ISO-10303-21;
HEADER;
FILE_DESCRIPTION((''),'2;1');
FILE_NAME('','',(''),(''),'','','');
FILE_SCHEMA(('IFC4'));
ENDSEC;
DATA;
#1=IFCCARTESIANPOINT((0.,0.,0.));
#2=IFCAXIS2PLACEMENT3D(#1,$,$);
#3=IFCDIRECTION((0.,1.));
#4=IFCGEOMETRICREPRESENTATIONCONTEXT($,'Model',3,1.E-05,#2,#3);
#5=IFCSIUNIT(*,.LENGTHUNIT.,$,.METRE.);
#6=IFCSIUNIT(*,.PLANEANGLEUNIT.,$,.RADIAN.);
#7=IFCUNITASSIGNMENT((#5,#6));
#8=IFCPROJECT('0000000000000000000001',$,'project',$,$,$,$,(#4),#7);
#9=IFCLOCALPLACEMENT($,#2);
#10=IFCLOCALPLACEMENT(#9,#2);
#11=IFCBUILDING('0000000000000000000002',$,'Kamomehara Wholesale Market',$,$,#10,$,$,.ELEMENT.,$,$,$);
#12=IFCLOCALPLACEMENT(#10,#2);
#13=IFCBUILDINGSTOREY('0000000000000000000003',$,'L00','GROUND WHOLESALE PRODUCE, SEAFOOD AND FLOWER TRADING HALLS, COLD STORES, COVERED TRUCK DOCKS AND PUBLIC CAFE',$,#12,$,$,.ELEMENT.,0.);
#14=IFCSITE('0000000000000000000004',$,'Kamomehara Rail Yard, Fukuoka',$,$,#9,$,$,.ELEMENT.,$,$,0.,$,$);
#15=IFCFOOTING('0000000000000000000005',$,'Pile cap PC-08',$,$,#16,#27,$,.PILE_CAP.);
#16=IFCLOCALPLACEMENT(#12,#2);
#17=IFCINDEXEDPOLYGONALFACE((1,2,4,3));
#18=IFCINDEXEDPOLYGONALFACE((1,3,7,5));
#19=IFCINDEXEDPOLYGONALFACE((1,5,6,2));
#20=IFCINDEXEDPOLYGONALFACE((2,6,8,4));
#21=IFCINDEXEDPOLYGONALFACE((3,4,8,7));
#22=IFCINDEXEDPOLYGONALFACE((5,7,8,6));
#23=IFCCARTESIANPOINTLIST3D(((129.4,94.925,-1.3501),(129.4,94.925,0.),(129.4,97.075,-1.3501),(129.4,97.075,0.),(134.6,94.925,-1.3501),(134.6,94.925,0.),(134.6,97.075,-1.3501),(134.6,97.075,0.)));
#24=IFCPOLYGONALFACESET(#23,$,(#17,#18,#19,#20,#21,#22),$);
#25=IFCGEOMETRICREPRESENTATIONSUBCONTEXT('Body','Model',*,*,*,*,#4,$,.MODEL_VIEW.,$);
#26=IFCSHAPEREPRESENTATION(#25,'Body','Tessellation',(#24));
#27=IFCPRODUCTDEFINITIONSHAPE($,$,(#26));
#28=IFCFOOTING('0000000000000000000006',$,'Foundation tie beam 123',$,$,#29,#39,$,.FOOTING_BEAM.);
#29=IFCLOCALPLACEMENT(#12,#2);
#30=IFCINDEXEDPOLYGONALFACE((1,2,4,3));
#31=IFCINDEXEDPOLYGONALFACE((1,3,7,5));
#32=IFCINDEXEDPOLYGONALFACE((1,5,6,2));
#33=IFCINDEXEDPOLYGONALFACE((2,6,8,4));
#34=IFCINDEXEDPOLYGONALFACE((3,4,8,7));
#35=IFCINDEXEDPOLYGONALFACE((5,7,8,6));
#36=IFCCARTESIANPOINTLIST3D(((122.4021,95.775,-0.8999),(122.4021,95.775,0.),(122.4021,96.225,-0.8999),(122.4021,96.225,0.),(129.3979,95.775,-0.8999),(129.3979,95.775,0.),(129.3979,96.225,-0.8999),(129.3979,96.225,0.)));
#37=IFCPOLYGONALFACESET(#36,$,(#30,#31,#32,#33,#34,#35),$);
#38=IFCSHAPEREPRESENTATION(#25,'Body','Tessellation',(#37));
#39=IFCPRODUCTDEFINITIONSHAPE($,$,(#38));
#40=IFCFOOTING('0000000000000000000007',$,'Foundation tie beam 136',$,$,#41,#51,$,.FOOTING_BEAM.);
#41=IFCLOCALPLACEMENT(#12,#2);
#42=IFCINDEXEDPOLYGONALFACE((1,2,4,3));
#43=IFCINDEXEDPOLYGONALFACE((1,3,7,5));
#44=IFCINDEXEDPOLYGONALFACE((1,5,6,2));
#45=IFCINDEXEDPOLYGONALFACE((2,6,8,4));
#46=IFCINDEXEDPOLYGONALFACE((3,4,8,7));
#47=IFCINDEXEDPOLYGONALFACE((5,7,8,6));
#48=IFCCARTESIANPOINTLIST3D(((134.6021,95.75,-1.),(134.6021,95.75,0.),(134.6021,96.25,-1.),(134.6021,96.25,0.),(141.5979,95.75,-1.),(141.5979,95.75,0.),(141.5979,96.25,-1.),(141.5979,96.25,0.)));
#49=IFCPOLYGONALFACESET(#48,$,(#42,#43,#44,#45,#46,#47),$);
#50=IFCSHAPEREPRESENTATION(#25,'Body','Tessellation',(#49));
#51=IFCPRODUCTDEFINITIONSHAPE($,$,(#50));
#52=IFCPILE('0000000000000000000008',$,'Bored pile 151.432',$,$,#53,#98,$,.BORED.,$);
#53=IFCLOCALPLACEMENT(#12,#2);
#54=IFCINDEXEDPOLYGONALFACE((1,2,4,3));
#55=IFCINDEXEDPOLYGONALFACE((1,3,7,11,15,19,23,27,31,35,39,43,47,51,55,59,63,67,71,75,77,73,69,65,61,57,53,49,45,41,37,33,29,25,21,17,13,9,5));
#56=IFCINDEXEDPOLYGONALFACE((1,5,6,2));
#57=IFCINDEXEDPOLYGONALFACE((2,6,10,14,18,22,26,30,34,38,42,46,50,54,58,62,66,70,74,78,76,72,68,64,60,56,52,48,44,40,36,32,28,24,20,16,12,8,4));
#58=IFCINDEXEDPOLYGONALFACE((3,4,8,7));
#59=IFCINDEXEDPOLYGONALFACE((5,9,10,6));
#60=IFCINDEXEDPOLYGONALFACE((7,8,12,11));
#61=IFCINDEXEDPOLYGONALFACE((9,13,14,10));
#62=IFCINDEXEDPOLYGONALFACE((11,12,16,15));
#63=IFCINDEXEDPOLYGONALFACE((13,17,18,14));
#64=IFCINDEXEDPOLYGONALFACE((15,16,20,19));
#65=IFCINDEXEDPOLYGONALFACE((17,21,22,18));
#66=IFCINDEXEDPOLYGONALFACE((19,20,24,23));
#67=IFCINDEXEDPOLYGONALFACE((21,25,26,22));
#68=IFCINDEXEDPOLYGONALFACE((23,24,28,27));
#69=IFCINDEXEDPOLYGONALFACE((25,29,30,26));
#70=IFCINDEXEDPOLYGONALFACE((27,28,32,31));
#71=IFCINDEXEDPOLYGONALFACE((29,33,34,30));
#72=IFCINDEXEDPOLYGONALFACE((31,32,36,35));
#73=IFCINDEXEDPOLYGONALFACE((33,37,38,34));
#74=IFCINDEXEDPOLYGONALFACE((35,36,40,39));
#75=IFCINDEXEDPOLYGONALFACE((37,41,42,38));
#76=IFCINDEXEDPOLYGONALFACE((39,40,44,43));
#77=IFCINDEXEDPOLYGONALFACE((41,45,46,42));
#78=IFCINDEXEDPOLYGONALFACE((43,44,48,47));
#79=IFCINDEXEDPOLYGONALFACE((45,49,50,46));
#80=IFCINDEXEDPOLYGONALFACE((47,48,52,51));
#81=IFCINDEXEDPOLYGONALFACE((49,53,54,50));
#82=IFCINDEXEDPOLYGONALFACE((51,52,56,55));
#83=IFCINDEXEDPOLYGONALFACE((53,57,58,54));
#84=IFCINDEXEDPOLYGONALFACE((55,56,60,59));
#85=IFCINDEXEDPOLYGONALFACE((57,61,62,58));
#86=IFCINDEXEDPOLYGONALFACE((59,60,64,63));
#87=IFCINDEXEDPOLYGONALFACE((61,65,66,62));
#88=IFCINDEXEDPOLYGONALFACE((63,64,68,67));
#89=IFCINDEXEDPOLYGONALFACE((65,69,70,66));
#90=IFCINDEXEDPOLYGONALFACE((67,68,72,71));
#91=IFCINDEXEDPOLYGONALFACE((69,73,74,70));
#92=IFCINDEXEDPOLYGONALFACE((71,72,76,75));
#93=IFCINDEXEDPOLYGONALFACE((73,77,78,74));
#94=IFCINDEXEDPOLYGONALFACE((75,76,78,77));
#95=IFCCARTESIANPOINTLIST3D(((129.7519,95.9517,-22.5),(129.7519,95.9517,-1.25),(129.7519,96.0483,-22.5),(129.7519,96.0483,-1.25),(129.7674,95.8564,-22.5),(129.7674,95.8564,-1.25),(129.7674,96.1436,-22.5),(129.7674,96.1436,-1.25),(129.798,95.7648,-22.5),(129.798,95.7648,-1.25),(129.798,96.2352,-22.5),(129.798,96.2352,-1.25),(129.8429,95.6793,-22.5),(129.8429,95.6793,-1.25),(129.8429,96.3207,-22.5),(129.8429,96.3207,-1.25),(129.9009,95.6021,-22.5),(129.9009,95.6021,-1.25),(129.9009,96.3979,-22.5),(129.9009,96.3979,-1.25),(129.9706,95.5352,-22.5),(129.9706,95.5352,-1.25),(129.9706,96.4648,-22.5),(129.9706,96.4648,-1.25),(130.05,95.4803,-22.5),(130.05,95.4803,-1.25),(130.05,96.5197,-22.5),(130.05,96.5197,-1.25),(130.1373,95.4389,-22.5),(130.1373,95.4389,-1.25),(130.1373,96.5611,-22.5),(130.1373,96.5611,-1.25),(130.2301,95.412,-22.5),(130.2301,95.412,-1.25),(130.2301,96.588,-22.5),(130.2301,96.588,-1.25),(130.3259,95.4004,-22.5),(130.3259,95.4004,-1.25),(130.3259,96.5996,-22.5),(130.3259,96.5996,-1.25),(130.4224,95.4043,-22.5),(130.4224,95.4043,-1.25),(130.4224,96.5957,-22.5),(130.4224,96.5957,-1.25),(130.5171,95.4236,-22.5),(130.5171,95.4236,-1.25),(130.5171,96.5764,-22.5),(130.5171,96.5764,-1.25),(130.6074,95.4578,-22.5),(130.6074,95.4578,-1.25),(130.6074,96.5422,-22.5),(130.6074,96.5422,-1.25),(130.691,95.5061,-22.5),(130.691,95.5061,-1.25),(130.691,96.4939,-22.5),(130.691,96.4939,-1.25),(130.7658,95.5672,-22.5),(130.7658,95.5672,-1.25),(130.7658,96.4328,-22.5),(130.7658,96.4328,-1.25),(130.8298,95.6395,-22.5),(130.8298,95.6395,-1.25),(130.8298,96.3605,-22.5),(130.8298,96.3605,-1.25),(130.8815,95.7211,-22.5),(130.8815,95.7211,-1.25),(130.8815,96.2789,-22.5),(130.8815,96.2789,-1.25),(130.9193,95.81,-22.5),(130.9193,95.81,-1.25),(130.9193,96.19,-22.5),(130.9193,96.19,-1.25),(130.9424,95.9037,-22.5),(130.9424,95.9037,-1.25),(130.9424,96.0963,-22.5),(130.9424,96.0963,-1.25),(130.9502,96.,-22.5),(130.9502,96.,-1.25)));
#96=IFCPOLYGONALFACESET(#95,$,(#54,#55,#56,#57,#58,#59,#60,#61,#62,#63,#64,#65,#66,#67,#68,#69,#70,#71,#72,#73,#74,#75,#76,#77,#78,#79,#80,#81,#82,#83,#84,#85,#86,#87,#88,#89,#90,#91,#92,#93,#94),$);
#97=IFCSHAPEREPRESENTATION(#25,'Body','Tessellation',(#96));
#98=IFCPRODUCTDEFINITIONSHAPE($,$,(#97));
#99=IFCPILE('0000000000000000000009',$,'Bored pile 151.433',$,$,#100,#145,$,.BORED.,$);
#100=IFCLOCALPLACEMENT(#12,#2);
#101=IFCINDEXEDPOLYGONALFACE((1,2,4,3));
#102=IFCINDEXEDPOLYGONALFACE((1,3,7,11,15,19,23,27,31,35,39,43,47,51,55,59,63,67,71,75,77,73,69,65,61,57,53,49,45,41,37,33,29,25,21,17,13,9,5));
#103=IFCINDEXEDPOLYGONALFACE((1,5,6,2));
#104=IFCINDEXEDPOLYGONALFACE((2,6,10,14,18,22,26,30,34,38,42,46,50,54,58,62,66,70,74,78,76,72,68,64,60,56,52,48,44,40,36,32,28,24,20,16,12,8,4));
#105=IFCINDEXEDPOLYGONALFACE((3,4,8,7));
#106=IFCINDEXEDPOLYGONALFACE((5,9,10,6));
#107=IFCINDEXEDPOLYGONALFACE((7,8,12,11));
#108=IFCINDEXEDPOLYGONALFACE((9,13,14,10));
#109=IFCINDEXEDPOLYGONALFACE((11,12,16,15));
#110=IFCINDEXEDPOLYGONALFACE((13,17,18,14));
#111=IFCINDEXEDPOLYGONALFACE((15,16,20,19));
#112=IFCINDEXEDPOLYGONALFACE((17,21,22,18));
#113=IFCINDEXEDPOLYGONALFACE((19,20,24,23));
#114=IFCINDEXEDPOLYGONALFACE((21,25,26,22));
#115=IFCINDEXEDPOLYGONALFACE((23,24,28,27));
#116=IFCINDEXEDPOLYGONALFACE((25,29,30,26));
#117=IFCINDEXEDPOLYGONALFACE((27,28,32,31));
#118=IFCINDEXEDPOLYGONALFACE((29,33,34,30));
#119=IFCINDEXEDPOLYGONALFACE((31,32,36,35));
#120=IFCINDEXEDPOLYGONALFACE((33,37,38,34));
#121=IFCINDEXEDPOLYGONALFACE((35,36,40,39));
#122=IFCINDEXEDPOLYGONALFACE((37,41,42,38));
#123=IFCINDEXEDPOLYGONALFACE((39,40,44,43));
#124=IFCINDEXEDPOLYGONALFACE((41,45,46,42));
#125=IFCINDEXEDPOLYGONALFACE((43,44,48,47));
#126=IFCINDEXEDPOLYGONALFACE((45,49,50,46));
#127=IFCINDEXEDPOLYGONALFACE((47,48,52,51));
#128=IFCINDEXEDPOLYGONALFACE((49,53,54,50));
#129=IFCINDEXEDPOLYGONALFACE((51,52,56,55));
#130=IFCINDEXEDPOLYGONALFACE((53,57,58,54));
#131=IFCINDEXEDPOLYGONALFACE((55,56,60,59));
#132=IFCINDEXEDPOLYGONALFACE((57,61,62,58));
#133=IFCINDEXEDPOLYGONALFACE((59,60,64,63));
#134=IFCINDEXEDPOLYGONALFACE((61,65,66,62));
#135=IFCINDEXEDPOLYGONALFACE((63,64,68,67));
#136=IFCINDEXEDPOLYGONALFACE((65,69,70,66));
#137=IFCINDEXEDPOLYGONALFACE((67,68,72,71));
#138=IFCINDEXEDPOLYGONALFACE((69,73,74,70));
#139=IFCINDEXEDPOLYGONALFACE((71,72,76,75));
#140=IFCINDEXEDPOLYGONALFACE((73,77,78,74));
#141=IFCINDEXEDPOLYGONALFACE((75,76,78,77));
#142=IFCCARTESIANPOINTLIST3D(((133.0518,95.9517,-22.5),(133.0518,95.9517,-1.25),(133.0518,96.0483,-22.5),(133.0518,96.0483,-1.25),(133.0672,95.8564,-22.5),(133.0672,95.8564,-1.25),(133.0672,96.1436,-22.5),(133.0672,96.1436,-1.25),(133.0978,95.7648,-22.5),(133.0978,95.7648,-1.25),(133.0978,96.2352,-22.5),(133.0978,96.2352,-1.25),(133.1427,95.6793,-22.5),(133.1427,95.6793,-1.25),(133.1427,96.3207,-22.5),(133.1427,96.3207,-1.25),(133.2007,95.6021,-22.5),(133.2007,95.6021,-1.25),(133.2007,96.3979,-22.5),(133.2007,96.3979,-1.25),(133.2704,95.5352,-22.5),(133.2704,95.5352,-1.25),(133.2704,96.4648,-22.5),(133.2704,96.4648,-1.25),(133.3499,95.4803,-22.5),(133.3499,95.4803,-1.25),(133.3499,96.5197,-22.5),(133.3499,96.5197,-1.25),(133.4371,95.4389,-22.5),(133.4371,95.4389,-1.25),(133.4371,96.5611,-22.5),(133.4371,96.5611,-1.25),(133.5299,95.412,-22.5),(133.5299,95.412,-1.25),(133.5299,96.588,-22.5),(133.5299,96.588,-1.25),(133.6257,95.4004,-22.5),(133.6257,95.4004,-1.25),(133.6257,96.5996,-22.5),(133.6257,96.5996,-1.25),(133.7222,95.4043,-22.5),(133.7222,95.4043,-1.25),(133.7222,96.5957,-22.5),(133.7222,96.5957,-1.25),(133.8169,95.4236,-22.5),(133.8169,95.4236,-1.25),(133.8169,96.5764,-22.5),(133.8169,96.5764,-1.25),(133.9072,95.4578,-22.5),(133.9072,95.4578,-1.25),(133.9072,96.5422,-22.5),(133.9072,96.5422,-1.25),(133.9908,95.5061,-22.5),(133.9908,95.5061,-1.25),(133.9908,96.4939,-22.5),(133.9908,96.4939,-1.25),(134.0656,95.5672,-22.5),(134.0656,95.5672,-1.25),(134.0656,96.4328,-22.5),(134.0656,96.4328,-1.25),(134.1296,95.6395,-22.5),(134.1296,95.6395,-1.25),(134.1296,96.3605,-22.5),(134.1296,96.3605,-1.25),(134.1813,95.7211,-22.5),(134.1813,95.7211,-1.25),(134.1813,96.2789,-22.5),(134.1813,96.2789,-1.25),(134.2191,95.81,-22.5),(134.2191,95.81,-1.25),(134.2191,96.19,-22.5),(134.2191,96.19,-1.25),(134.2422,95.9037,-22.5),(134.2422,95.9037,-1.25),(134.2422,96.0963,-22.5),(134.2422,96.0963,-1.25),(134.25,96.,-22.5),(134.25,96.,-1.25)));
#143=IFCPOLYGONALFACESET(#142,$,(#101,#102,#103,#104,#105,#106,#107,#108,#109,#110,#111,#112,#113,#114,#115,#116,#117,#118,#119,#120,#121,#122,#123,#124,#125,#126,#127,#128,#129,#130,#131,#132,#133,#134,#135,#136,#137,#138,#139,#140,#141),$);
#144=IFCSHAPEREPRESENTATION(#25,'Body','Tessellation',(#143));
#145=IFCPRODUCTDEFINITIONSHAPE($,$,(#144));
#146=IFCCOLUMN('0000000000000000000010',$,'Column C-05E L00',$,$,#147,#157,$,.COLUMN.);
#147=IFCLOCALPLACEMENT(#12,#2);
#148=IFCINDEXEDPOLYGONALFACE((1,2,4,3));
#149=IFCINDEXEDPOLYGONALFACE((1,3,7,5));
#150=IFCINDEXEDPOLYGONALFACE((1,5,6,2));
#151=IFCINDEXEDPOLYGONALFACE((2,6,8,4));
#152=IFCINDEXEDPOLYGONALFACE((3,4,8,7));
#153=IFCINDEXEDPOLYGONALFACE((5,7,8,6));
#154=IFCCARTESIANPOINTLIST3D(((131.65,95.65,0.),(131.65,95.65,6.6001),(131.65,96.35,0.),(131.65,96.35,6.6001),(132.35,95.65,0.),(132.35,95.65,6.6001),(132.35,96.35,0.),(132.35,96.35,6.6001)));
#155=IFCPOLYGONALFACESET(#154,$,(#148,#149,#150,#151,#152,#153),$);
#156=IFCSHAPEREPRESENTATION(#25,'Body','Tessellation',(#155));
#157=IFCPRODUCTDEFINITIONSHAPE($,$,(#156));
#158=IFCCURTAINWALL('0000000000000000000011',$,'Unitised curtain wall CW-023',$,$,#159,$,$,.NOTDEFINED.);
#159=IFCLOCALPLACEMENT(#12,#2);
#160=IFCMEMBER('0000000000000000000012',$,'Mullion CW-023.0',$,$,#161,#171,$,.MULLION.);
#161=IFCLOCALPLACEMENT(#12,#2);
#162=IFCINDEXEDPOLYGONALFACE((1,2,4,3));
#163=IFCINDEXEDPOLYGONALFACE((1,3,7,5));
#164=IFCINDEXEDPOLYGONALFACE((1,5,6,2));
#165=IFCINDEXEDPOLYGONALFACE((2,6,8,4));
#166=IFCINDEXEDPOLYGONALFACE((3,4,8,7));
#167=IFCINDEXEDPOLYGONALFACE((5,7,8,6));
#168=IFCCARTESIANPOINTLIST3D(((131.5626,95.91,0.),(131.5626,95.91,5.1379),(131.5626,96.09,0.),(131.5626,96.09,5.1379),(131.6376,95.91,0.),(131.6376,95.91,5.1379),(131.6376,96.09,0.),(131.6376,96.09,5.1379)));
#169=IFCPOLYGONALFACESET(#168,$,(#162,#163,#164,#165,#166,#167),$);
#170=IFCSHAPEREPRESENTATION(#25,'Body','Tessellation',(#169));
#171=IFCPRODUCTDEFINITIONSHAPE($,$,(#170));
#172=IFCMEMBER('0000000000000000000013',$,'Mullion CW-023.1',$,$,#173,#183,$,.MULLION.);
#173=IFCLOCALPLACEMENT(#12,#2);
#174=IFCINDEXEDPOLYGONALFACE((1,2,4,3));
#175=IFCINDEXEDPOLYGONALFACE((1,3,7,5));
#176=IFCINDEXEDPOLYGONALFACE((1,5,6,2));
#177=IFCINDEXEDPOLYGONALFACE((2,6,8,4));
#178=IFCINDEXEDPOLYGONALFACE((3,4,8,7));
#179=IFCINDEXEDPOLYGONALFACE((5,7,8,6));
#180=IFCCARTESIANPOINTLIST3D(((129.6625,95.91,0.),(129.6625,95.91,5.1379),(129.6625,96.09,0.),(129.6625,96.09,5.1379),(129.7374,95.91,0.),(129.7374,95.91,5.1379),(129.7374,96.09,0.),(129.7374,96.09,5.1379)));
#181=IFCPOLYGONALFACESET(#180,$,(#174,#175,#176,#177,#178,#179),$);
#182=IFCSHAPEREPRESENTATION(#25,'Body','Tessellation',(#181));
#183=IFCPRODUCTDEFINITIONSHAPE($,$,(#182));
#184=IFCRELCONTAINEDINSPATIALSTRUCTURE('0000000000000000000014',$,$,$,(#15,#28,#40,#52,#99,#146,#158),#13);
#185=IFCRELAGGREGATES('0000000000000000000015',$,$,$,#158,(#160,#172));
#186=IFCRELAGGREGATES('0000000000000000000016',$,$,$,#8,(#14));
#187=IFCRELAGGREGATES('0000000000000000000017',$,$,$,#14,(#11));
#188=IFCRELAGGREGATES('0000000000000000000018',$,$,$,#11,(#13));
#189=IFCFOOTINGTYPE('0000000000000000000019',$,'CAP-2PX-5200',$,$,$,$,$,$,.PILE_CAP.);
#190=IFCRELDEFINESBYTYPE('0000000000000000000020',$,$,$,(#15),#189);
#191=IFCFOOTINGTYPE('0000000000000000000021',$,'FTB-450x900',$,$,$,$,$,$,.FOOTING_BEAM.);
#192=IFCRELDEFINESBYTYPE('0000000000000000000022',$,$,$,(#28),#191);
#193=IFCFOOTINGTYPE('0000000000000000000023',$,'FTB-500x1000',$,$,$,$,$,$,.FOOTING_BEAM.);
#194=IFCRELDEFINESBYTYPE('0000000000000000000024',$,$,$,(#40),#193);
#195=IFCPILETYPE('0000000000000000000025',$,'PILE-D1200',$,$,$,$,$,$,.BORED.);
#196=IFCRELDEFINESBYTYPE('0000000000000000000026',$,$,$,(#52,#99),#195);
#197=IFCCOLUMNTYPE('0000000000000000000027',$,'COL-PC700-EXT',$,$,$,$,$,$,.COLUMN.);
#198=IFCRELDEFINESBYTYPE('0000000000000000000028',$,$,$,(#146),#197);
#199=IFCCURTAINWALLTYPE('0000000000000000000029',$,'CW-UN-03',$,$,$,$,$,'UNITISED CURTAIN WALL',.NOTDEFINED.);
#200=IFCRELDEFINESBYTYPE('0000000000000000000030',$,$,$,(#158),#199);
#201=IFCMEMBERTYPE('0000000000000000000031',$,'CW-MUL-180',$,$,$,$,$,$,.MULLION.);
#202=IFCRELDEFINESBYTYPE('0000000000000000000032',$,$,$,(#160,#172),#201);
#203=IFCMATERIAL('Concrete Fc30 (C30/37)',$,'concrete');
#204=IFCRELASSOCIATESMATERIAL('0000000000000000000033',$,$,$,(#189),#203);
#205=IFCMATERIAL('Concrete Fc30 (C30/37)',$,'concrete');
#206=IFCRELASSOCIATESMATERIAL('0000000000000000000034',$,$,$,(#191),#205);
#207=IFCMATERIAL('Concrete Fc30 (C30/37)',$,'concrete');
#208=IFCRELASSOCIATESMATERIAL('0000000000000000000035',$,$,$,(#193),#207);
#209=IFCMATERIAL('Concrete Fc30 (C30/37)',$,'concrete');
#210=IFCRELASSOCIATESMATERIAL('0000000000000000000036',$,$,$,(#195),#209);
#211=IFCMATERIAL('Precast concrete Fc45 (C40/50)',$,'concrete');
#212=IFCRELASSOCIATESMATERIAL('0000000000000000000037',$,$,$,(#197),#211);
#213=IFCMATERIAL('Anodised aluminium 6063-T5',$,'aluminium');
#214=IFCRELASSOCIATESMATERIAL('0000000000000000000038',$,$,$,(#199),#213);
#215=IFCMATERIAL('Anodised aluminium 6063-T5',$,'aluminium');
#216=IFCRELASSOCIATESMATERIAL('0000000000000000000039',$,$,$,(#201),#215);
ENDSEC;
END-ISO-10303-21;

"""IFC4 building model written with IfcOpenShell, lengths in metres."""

from ifc_helpers import new_model, si_unit, direction, frame, origin, origin_2d, place, context, subcontext, project, spatial, rectangle, circle, extrude, material, material_profile, profile_set, type_object, element, aggregate, save


model = new_model("IFC4")

# Units and contexts
model_context = context("Model", 3, precision=1e-05, world=origin(), true_north=direction((0.0, 1.0)))
body_context = subcontext(model_context, "Body", "Model", "MODEL_VIEW")
ifc_project = project(units=[si_unit("LENGTHUNIT", "METRE"), si_unit("PLANEANGLEUNIT", "RADIAN")], contexts=[model_context])

# Site, building, storey
site_placement = place(None, origin())
site = spatial("IfcSite", under=ifc_project, at=site_placement, Name="Kamomehara Rail Yard, Fukuoka", CompositionType="ELEMENT", RefElevation=0.0)
building_placement = place(site_placement, origin())
building = spatial("IfcBuilding", under=site, at=building_placement, Name="Kamomehara Wholesale Market", CompositionType="ELEMENT")
storey_placement = place(building_placement, origin())
storey = spatial("IfcBuildingStorey", under=building, at=storey_placement, Name="L00", Description="GROUND WHOLESALE PRODUCE, SEAFOOD AND FLOWER TRADING HALLS, COLD STORES, COVERED TRUCK DOCKS AND PUBLIC CAFE", CompositionType="ELEMENT", Elevation=0.0)

# Footings
ifc_material_1 = material(Name="Concrete Fc30 (C30/37)", Category="concrete")
footing_type_1 = type_object("IfcFootingType", Name="CAP-2PX-5200", PredefinedType="PILE_CAP", material=ifc_material_1)
footing_1_placement = place(storey_placement, frame((132.0, 96.0, -1.3501), z_axis=(0.0, 0.0, 1.0), x_axis=(1.0, 0.0, 0.0)))
element("IfcFooting", 1, at=footing_1_placement, inside=storey, type_object=footing_type_1, Name="Pile cap PC-08", PredefinedType="PILE_CAP", context=body_context, shape_type="SweptSolid", body=[
    extrude(rectangle(XDim=5.2, YDim=2.1499, at=origin_2d()), origin(), (0.0, 0.0, 1.0), 1.3501),
])
ifc_material_2 = material(Name="Concrete Fc30 (C30/37)", Category="concrete")
ifc_material_profile_1 = material_profile(ifc_material_2, rectangle(XDim=0.45, YDim=0.8999, at=origin_2d()), Name="RC-FTB-450x900")
ifc_profile_set_1 = profile_set([ifc_material_profile_1], Name="Concrete Fc30 (C30/37)")
footing_type_2 = type_object("IfcFootingType", Name="FTB-450x900", PredefinedType="FOOTING_BEAM", material=ifc_profile_set_1)
footing_2_placement = place(storey_placement, frame((122.4021, 96.0, -0.45), z_axis=(1.0, 0.0, 0.0), x_axis=(0.0, 1.0, 0.0)))
element("IfcFooting", 2, at=footing_2_placement, inside=storey, type_object=footing_type_2, Name="Foundation tie beam 123", PredefinedType="FOOTING_BEAM", context=body_context, shape_type="SweptSolid", body=[
    extrude(rectangle(XDim=0.45, YDim=0.8999, at=origin_2d()), origin(), (0.0, 0.0, 1.0), 6.9958),
])
ifc_material_3 = material(Name="Concrete Fc30 (C30/37)", Category="concrete")
ifc_material_profile_2 = material_profile(ifc_material_3, rectangle(XDim=0.5, YDim=1.0, at=origin_2d()), Name="RC-FTB-500x1000")
ifc_profile_set_2 = profile_set([ifc_material_profile_2], Name="Concrete Fc30 (C30/37)")
footing_type_3 = type_object("IfcFootingType", Name="FTB-500x1000", PredefinedType="FOOTING_BEAM", material=ifc_profile_set_2)
footing_3_placement = place(storey_placement, frame((134.6021, 96.0, -0.5), z_axis=(1.0, 0.0, 0.0), x_axis=(0.0, 1.0, 0.0)))
element("IfcFooting", 3, at=footing_3_placement, inside=storey, type_object=footing_type_3, Name="Foundation tie beam 136", PredefinedType="FOOTING_BEAM", context=body_context, shape_type="SweptSolid", body=[
    extrude(rectangle(XDim=0.5, YDim=1.0, at=origin_2d()), origin(), (0.0, 0.0, 1.0), 6.9958),
])

# Piles
ifc_material_4 = material(Name="Concrete Fc30 (C30/37)", Category="concrete")
ifc_material_profile_3 = material_profile(ifc_material_4, circle(Radius=0.6001, at=origin_2d()), Name="RC-PILE-D1200")
ifc_profile_set_3 = profile_set([ifc_material_profile_3], Name="Concrete Fc30 (C30/37)")
pile_type = type_object("IfcPileType", Name="PILE-D1200", PredefinedType="BORED", material=ifc_profile_set_3)
for number, where, z_axis, x_axis, name in (
    (4, (130.3501, 96.0, -1.25), (0.0, 0.0, -1.0), (1.0, 0.0, 0.0), "Bored pile 151.432"),
    (5, (133.6499, 96.0, -1.25), (0.0, 0.0, -1.0), (1.0, 0.0, 0.0), "Bored pile 151.433"),
):
    element("IfcPile", number, at=place(storey_placement, frame(where, z_axis=z_axis, x_axis=x_axis)), inside=storey, type_object=pile_type, Name=name, PredefinedType="BORED", context=body_context, shape_type="SweptSolid", body=[
        extrude(circle(Radius=0.6001, at=origin_2d()), origin(), (0.0, 0.0, 1.0), 21.25),
    ])

# Column
ifc_material_5 = material(Name="Precast concrete Fc45 (C40/50)", Category="concrete")
ifc_material_profile_4 = material_profile(ifc_material_5, rectangle(XDim=0.7, YDim=0.7, at=origin_2d()), Name="PC-COL-700x700")
ifc_profile_set_4 = profile_set([ifc_material_profile_4], Name="Precast concrete Fc45 (C40/50)")
column_type = type_object("IfcColumnType", Name="COL-PC700-EXT", PredefinedType="COLUMN", material=ifc_profile_set_4)
column_placement = place(storey_placement, frame((132.0, 96.0, 0.0), z_axis=(0.0, 0.0, 1.0), x_axis=(1.0, 0.0, 0.0)))
element("IfcColumn", 6, at=column_placement, inside=storey, type_object=column_type, Name="Column C-05E L00", PredefinedType="COLUMN", context=body_context, shape_type="SweptSolid", body=[
    extrude(rectangle(XDim=0.7, YDim=0.7, at=origin_2d()), origin(), (0.0, 0.0, 1.0), 6.6001),
])

# Curtain wall, members
ifc_material_6 = material(Name="Anodised aluminium 6063-T5", Category="aluminium")
curtain_wall_type = type_object("IfcCurtainWallType", Name="CW-UN-03", ElementType="UNITISED CURTAIN WALL", PredefinedType="NOTDEFINED", material=ifc_material_6)
curtain_wall_1_placement = place(storey_placement, origin())
curtain_wall_1 = element("IfcCurtainWall", 7, at=curtain_wall_1_placement, inside=storey, type_object=curtain_wall_type, Name="Unitised curtain wall CW-023", PredefinedType="NOTDEFINED")
ifc_material_7 = material(Name="Anodised aluminium 6063-T5", Category="aluminium")
ifc_material_profile_5 = material_profile(ifc_material_7, rectangle(XDim=0.075, YDim=0.1799, at=origin_2d()), Name="ALU-MUL-75x180")
ifc_profile_set_5 = profile_set([ifc_material_profile_5], Name="Anodised aluminium 6063-T5")
member_type_1 = type_object("IfcMemberType", Name="CW-MUL-180", PredefinedType="MULLION", material=ifc_profile_set_5)
member_1_placement = place(storey_placement, frame((131.6001, 96.0, 0.0), z_axis=(0.0, 0.0, 1.0), x_axis=(-1.0, 0.0, 0.0)))
member_1 = element("IfcMember", 8, at=member_1_placement, type_object=member_type_1, Name="Mullion CW-023.0", PredefinedType="MULLION", context=body_context, shape_type="SweptSolid", body=[
    extrude(rectangle(XDim=0.075, YDim=0.1799, at=origin_2d()), origin(), (0.0, 0.0, 1.0), 5.1379),
])
member_2_placement = place(storey_placement, frame((129.7, 96.0, 0.0), z_axis=(0.0, 0.0, 1.0), x_axis=(-1.0, 0.0, 0.0)))
member_2 = element("IfcMember", 9, at=member_2_placement, type_object=member_type_1, Name="Mullion CW-023.1", PredefinedType="MULLION", context=body_context, shape_type="SweptSolid", body=[
    extrude(rectangle(XDim=0.075, YDim=0.1799, at=origin_2d()), origin(), (0.0, 0.0, 1.0), 5.1379),
])

aggregate(curtain_wall_1, [member_1, member_2])

save(model, "model.ifc")
